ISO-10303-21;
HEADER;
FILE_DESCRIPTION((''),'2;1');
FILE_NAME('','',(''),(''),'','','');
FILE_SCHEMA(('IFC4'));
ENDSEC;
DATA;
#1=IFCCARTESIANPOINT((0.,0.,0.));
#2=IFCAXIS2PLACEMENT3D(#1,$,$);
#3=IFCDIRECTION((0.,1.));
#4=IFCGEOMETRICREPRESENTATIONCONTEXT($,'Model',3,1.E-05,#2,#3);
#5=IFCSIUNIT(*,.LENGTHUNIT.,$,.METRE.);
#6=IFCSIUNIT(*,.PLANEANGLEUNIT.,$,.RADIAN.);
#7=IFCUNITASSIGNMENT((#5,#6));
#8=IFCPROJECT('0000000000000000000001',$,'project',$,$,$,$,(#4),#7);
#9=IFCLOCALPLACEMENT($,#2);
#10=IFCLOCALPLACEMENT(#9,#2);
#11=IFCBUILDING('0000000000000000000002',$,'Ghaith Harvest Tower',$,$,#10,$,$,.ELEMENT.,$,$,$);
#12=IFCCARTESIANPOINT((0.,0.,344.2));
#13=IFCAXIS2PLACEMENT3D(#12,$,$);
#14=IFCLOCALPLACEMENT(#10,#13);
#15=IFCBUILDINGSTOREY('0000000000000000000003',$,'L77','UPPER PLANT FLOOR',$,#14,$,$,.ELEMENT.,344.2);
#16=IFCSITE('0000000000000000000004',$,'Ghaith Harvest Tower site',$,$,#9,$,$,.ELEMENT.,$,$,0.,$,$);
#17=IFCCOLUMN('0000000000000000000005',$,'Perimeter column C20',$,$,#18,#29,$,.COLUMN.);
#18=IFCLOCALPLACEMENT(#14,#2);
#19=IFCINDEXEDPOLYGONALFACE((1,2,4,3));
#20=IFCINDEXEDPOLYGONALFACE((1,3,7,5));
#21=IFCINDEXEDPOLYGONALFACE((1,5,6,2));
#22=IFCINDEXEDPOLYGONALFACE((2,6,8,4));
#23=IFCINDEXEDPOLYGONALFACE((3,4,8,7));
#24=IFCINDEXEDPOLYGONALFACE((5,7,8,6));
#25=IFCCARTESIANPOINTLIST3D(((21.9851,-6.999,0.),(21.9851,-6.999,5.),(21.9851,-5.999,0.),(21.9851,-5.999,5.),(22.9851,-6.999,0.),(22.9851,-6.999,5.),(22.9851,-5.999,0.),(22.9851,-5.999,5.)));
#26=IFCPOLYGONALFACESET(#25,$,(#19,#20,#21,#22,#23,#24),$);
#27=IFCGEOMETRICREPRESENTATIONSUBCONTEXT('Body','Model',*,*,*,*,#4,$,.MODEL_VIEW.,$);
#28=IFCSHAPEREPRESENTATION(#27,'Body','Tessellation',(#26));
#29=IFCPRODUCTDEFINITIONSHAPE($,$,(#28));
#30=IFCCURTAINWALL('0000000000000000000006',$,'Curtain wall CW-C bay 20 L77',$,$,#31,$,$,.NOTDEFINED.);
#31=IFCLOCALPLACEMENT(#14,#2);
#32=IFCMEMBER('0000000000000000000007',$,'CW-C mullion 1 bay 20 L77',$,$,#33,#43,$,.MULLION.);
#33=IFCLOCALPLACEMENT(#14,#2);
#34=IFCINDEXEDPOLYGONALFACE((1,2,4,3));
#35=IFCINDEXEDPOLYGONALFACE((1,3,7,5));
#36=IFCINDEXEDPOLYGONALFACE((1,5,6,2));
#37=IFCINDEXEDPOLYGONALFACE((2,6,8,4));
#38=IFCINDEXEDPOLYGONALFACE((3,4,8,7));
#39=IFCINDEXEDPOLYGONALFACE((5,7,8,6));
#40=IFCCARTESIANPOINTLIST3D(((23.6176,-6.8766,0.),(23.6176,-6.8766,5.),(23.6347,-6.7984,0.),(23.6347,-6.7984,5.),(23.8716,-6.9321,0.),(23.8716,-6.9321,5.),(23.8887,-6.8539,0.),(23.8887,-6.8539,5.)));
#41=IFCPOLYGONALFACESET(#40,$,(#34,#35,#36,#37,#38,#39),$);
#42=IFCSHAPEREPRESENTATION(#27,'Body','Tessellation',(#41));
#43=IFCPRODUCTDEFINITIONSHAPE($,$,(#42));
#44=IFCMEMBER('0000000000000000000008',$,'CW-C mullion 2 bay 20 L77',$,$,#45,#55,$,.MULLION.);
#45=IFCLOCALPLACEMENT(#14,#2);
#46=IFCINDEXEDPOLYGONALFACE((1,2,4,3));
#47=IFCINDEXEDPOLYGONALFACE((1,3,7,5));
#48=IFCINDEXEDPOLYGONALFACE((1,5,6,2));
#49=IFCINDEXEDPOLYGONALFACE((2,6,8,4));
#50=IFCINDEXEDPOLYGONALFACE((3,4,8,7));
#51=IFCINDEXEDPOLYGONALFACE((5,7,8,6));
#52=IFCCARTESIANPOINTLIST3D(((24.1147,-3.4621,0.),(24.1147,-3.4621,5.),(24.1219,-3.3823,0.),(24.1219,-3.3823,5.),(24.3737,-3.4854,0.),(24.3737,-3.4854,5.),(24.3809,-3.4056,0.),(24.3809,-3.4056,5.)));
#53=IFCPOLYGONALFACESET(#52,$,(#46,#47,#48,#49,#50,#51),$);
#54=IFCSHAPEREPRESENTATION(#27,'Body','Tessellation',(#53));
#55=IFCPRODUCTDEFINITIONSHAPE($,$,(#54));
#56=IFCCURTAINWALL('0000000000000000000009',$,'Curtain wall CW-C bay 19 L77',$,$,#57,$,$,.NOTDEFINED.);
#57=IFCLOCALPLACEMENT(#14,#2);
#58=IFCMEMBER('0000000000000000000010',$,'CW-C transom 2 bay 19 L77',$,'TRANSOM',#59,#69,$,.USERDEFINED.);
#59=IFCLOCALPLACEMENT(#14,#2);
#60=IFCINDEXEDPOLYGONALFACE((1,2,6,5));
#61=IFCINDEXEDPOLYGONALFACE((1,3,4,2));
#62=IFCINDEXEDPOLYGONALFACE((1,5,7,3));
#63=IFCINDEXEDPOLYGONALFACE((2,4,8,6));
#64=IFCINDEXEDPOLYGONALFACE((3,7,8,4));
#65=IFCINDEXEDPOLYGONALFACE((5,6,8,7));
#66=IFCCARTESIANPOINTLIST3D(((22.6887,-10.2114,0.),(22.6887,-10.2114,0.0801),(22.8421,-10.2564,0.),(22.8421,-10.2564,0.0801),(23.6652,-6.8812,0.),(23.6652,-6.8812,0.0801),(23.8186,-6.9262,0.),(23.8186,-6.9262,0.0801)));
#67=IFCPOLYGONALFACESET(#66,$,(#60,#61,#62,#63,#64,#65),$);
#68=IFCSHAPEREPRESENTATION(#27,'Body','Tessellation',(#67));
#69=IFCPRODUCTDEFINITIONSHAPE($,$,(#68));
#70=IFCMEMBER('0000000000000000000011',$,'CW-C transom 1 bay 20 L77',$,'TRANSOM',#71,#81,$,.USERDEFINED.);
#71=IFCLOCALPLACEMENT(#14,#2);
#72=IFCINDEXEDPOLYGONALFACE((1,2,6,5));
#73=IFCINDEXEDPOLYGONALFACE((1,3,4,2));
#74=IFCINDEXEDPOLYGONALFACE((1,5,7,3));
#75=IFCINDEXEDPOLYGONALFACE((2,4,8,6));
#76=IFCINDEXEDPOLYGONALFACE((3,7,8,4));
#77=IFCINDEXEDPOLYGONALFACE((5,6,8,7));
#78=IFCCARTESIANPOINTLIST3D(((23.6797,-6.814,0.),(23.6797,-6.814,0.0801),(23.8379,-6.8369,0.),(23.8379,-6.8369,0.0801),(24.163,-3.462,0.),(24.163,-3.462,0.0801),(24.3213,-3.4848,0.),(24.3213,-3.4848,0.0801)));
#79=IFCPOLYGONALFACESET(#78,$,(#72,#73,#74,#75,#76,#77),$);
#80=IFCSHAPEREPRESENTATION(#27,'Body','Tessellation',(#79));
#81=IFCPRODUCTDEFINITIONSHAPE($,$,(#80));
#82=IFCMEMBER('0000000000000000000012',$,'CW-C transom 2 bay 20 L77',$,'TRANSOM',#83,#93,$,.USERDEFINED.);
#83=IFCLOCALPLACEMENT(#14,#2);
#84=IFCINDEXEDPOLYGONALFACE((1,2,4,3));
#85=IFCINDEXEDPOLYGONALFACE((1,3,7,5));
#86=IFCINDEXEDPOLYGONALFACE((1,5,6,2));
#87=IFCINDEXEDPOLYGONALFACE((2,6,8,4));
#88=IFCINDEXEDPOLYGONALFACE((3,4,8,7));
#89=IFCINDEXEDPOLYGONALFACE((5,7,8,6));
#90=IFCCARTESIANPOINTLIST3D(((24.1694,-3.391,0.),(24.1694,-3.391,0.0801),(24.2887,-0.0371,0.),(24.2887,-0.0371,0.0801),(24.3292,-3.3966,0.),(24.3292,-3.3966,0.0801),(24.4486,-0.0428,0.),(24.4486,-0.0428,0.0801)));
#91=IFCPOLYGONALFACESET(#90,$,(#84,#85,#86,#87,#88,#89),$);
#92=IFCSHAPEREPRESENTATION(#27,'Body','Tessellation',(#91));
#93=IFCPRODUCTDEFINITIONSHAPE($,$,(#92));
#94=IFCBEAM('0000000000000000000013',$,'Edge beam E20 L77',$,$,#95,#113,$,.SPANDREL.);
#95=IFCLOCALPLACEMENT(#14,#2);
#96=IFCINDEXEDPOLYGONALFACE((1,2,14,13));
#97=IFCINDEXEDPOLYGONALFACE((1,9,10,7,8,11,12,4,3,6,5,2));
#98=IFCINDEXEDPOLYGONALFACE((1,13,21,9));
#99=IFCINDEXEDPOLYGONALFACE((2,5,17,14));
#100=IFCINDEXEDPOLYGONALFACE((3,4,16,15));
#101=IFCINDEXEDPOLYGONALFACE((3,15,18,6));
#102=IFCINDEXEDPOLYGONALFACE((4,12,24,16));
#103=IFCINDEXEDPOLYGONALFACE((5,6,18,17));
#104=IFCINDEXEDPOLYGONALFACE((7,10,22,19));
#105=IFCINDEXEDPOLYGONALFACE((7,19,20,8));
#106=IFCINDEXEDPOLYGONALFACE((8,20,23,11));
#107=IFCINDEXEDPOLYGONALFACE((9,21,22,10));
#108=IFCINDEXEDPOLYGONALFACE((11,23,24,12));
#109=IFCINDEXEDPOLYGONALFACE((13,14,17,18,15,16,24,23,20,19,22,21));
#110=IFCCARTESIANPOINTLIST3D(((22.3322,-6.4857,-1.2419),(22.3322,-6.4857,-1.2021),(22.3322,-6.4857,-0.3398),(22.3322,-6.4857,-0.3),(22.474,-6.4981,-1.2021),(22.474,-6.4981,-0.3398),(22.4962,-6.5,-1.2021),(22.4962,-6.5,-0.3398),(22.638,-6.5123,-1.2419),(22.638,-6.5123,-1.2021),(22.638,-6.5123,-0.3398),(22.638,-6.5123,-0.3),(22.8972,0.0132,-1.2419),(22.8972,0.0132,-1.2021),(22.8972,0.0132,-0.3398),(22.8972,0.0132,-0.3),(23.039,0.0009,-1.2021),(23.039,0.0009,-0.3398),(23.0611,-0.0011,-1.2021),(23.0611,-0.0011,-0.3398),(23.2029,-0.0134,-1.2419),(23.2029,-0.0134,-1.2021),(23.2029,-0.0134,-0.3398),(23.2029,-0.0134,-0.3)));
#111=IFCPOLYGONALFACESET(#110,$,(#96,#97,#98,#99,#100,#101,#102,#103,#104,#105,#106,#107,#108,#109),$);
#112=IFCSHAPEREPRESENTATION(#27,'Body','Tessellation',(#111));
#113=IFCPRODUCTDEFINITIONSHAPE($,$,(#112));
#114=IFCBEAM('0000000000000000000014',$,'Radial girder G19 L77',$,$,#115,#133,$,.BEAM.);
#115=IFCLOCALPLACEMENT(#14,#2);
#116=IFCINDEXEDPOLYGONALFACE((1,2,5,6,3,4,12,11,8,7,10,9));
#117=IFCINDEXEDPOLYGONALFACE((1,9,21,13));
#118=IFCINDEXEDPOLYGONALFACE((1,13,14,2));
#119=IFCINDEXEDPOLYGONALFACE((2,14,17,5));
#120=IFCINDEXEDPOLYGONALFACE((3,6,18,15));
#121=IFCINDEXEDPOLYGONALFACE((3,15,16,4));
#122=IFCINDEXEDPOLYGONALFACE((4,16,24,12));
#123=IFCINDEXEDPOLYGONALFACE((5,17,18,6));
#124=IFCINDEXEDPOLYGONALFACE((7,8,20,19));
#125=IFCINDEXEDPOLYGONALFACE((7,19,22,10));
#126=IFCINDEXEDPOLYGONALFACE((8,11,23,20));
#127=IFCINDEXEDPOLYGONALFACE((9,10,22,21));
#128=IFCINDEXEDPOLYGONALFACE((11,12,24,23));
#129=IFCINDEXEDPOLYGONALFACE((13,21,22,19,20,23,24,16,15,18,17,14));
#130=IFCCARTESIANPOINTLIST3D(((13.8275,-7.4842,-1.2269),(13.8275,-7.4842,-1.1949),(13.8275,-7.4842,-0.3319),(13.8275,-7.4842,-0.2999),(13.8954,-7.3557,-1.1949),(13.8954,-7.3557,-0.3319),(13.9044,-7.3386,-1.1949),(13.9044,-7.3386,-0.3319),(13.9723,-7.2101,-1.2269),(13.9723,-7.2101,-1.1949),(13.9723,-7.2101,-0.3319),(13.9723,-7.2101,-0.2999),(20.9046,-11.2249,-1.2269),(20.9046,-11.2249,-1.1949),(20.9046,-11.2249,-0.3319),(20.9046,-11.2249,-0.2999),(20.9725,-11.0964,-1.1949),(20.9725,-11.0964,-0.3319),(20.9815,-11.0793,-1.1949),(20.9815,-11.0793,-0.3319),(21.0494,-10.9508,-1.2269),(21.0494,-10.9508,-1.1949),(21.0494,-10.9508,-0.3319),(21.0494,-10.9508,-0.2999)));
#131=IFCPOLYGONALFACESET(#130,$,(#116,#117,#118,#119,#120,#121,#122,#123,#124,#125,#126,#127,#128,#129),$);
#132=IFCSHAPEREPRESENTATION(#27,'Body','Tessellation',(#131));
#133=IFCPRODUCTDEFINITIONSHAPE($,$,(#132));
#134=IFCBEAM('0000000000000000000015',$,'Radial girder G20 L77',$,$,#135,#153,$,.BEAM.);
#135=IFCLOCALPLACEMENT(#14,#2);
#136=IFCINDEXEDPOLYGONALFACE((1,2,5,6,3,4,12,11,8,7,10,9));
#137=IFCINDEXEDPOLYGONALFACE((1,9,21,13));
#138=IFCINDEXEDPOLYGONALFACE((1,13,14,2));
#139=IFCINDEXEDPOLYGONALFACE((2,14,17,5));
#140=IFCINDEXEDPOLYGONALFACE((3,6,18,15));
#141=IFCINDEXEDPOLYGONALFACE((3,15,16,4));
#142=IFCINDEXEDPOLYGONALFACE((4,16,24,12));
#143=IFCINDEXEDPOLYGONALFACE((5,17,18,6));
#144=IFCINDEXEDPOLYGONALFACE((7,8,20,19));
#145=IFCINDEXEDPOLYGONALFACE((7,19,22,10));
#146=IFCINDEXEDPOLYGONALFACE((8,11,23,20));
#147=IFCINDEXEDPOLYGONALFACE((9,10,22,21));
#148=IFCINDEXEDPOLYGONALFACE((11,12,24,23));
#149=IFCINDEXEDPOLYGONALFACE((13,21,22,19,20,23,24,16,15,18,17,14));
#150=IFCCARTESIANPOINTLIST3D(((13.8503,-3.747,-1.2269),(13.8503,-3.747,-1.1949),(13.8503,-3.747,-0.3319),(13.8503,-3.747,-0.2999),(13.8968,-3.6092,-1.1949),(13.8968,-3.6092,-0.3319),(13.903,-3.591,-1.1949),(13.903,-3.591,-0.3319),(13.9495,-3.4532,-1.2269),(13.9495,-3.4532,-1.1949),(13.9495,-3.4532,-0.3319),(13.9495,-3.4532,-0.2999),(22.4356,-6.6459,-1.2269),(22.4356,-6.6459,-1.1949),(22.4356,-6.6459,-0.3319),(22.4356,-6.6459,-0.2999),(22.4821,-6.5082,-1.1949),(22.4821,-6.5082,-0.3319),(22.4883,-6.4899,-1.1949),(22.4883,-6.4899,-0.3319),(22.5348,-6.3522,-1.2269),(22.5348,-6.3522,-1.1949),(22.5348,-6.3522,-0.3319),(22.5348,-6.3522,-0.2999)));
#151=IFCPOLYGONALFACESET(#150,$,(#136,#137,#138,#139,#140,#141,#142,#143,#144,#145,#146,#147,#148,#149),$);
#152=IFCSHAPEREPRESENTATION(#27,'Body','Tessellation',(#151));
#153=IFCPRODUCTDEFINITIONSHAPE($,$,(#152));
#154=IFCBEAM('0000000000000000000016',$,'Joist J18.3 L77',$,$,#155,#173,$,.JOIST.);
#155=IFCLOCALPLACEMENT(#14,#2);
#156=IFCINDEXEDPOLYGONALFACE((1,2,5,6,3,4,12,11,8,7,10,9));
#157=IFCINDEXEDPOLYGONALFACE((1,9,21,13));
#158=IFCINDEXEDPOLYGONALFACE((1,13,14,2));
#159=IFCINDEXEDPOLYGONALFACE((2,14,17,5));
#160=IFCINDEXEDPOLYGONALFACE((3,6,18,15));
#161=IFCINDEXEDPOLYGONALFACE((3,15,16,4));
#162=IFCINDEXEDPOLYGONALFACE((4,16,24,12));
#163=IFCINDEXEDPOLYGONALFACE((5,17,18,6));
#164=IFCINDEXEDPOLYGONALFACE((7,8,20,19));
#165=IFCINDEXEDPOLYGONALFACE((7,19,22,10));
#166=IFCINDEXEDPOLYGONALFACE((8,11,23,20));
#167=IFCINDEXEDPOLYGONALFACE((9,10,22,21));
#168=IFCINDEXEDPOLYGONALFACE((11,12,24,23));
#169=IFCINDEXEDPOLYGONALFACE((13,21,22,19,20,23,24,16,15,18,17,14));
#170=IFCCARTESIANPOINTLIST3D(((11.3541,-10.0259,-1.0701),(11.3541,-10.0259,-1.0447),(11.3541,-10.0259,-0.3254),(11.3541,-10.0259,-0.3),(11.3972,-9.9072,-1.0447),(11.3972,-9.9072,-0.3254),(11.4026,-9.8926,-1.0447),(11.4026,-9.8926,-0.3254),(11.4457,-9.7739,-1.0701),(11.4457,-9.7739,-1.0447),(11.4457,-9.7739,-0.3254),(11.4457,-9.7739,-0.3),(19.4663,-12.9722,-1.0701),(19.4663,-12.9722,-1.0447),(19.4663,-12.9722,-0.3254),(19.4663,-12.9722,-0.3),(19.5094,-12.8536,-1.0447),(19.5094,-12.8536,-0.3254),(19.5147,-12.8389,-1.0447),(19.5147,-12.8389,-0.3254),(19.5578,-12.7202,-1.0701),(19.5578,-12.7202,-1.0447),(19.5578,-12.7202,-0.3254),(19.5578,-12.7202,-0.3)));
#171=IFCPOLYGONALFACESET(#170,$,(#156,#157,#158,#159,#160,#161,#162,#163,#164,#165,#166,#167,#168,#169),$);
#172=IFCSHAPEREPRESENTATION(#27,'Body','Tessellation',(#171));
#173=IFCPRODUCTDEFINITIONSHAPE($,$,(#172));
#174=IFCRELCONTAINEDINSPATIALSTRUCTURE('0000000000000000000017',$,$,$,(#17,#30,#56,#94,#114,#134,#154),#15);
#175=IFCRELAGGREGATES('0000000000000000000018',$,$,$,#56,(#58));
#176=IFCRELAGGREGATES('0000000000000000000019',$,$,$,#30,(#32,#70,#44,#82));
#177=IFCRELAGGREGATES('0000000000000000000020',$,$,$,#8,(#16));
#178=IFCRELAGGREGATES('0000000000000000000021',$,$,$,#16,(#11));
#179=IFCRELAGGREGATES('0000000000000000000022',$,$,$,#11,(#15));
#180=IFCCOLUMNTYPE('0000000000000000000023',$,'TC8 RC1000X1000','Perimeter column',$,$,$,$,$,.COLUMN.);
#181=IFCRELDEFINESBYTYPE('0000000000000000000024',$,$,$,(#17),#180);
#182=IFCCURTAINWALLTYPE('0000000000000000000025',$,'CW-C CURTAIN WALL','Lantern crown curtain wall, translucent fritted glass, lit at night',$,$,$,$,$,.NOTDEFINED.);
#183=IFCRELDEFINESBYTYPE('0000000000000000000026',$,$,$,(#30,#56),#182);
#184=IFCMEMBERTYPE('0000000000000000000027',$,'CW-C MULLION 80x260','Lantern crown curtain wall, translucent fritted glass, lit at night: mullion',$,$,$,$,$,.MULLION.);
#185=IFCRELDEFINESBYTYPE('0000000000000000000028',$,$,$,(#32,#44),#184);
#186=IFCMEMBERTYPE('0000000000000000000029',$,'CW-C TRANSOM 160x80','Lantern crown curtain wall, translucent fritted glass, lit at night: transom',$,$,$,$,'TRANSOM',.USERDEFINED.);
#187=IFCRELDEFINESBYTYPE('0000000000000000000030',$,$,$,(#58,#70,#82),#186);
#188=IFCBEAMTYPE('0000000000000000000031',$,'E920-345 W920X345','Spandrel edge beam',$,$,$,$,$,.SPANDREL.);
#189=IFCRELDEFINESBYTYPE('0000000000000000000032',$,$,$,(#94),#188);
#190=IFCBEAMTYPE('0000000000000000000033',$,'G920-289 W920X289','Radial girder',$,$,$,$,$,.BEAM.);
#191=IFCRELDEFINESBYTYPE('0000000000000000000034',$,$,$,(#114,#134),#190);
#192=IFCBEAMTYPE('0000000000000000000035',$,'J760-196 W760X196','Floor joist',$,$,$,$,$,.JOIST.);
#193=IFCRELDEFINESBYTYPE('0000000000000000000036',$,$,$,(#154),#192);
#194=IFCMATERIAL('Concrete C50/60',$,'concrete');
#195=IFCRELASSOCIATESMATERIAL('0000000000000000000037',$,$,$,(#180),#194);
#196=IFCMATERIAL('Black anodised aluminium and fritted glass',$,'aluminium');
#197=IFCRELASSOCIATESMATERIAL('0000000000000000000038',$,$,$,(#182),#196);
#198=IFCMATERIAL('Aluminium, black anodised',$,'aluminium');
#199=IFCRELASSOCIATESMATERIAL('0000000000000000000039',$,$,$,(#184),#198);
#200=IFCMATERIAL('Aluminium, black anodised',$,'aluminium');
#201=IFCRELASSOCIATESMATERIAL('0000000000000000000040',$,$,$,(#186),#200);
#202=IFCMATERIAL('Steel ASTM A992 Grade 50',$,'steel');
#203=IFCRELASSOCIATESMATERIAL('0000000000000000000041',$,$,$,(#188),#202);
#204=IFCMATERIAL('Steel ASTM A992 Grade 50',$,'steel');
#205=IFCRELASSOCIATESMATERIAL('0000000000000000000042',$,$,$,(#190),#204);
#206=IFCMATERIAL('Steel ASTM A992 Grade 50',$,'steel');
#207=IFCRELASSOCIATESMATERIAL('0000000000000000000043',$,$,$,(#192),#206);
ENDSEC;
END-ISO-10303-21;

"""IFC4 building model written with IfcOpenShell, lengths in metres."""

from ifc_helpers import new_model, si_unit, direction, frame, origin, origin_2d, place, context, subcontext, project, spatial, rectangle, i_section, extrude, material, material_profile, profile_set, type_object, element, aggregate, save


model = new_model("IFC4")

# Units and contexts
model_context = context("Model", 3, precision=1e-05, world=origin(), true_north=direction((0.0, 1.0)))
body_context = subcontext(model_context, "Body", "Model", "MODEL_VIEW")
ifc_project = project(units=[si_unit("LENGTHUNIT", "METRE"), si_unit("PLANEANGLEUNIT", "RADIAN")], contexts=[model_context])

# Site, building, storey
site_placement = place(None, origin())
site = spatial("IfcSite", under=ifc_project, at=site_placement, Name="Ghaith Harvest Tower site", CompositionType="ELEMENT", RefElevation=0.0)
building_placement = place(site_placement, origin())
building = spatial("IfcBuilding", under=site, at=building_placement, Name="Ghaith Harvest Tower", CompositionType="ELEMENT")
storey_placement = place(building_placement, frame((0.0, 0.0, 344.2)))
storey = spatial("IfcBuildingStorey", under=building, at=storey_placement, Name="L77", Description="UPPER PLANT FLOOR", CompositionType="ELEMENT", Elevation=344.2)

# Column
ifc_material_1 = material(Name="Concrete C50/60", Category="concrete")
ifc_material_profile_1 = material_profile(ifc_material_1, rectangle(XDim=1.0, YDim=1.0, at=origin_2d()), Name="RC1000X1000")
ifc_profile_set_1 = profile_set([ifc_material_profile_1], Name="Concrete C50/60")
column_type = type_object("IfcColumnType", Name="TC8 RC1000X1000", Description="Perimeter column", PredefinedType="COLUMN", material=ifc_profile_set_1)
column_placement = place(storey_placement, frame((22.4851, -6.499, 0.0), z_axis=(0.0, 0.0, 1.0), x_axis=(1.0, 0.0, 0.0)))
element("IfcColumn", 1, at=column_placement, inside=storey, type_object=column_type, Name="Perimeter column C20", PredefinedType="COLUMN", context=body_context, shape_type="SweptSolid", body=[
    extrude(rectangle(XDim=1.0, YDim=1.0, at=origin_2d()), origin(), (0.0, 0.0, 1.0), 5.0),
])

# Curtain wall, members
ifc_material_2 = material(Name="Black anodised aluminium and fritted glass", Category="aluminium")
curtain_wall_type = type_object("IfcCurtainWallType", Name="CW-C CURTAIN WALL", Description="Lantern crown curtain wall, translucent fritted glass, lit at night", PredefinedType="NOTDEFINED", material=ifc_material_2)
curtain_wall_1_placement = place(storey_placement, origin())
curtain_wall_1 = element("IfcCurtainWall", 2, at=curtain_wall_1_placement, inside=storey, type_object=curtain_wall_type, Name="Curtain wall CW-C bay 20 L77", PredefinedType="NOTDEFINED")
ifc_material_3 = material(Name="Aluminium, black anodised", Category="aluminium")
ifc_material_profile_2 = material_profile(ifc_material_3, rectangle(XDim=0.0801, YDim=0.26, at=origin_2d()), Name="CW-C MULLION 80x260")
ifc_profile_set_2 = profile_set([ifc_material_profile_2], Name="Aluminium, black anodised")
member_type_1 = type_object("IfcMemberType", Name="CW-C MULLION 80x260", Description="Lantern crown curtain wall, translucent fritted glass, lit at night: mullion", PredefinedType="MULLION", material=ifc_profile_set_2)
member_1_placement = place(storey_placement, frame((23.7532, -6.8652, 0.0), z_axis=(0.0, 0.0, 1.0), x_axis=(0.213402, 0.976964, 0.0)))
member_1 = element("IfcMember", 3, at=member_1_placement, type_object=member_type_1, Name="CW-C mullion 1 bay 20 L77", PredefinedType="MULLION", context=body_context, shape_type="SweptSolid", body=[
    extrude(rectangle(XDim=0.0801, YDim=0.26, at=origin_2d()), origin(), (0.0, 0.0, 1.0), 5.0),
])
member_2_placement = place(storey_placement, frame((24.2478, -3.4338, 0.0), z_axis=(0.0, 0.0, 1.0), x_axis=(0.089502, 0.995987, 0.0)))
member_2 = element("IfcMember", 4, at=member_2_placement, type_object=member_type_1, Name="CW-C mullion 2 bay 20 L77", PredefinedType="MULLION", context=body_context, shape_type="SweptSolid", body=[
    extrude(rectangle(XDim=0.0801, YDim=0.26, at=origin_2d()), origin(), (0.0, 0.0, 1.0), 5.0),
])

# Curtain wall, member
curtain_wall_2_placement = place(storey_placement, origin())
curtain_wall_2 = element("IfcCurtainWall", 5, at=curtain_wall_2_placement, inside=storey, type_object=curtain_wall_type, Name="Curtain wall CW-C bay 19 L77", PredefinedType="NOTDEFINED")
ifc_material_4 = material(Name="Aluminium, black anodised", Category="aluminium")
ifc_material_profile_3 = material_profile(ifc_material_4, rectangle(XDim=0.1599, YDim=0.0801, at=origin_2d()), Name="CW-C TRANSOM 160x80")
ifc_profile_set_3 = profile_set([ifc_material_profile_3], Name="Aluminium, black anodised")
member_type_2 = type_object("IfcMemberType", Name="CW-C TRANSOM 160x80", Description="Lantern crown curtain wall, translucent fritted glass, lit at night: transom", ElementType="TRANSOM", PredefinedType="USERDEFINED", material=ifc_profile_set_3)
member_3_placement = place(storey_placement, frame((22.7654, -10.2339, 0.04), z_axis=(0.281385, 0.959595, 0.0), x_axis=(-0.959595, 0.281385, 0.0)))
member_3 = element("IfcMember", 6, at=member_3_placement, type_object=member_type_2, Name="CW-C transom 2 bay 19 L77", ObjectType="TRANSOM", PredefinedType="USERDEFINED", context=body_context, shape_type="SweptSolid", body=[
    extrude(rectangle(XDim=0.1599, YDim=0.0801, at=origin_2d()), origin(), (0.0, 0.0, 1.0), 3.4705),
])

# Members
member_4_placement = place(storey_placement, frame((23.7588, -6.8254, 0.04), z_axis=(0.142733, 0.989761, 0.0), x_axis=(-0.989761, 0.142733, 0.0)))
member_4 = element("IfcMember", 7, at=member_4_placement, type_object=member_type_2, Name="CW-C transom 1 bay 20 L77", ObjectType="TRANSOM", PredefinedType="USERDEFINED", context=body_context, shape_type="SweptSolid", body=[
    extrude(rectangle(XDim=0.1599, YDim=0.0801, at=origin_2d()), origin(), (0.0, 0.0, 1.0), 3.3867),
])
member_5_placement = place(storey_placement, frame((24.2493, -3.3938, 0.04), z_axis=(0.035575, 0.999367, 0.0), x_axis=(-0.999367, 0.035575, 0.0)))
member_5 = element("IfcMember", 8, at=member_5_placement, type_object=member_type_2, Name="CW-C transom 2 bay 20 L77", ObjectType="TRANSOM", PredefinedType="USERDEFINED", context=body_context, shape_type="SweptSolid", body=[
    extrude(rectangle(XDim=0.1599, YDim=0.0801, at=origin_2d()), origin(), (0.0, 0.0, 1.0), 3.356),
])

# Beams
ifc_material_5 = material(Name="Steel ASTM A992 Grade 50", Category="steel")
ifc_material_profile_4 = material_profile(ifc_material_5, i_section(OverallWidth=0.3069, OverallDepth=0.9419, WebThickness=0.0222, FlangeThickness=0.0398, at=origin_2d()), Name="W920X345")
ifc_profile_set_4 = profile_set([ifc_material_profile_4], Name="Steel ASTM A992 Grade 50")
beam_type_1 = type_object("IfcBeamType", Name="E920-345 W920X345", Description="Spandrel edge beam", PredefinedType="SPANDREL", material=ifc_profile_set_4)
beam_1_placement = place(storey_placement, frame((22.4851, -6.499, -0.771), z_axis=(0.086601, 0.996243, 0.0), x_axis=(-0.996243, 0.086601, 0.0)))
element("IfcBeam", 9, at=beam_1_placement, inside=storey, type_object=beam_type_1, Name="Edge beam E20 L77", PredefinedType="SPANDREL", context=body_context, shape_type="SweptSolid", body=[
    extrude(i_section(OverallWidth=0.3069, OverallDepth=0.9419, WebThickness=0.0222, FlangeThickness=0.0398, at=origin_2d()), origin(), (0.0, 0.0, 1.0), 6.5234),
])
ifc_material_6 = material(Name="Steel ASTM A992 Grade 50", Category="steel")
ifc_material_profile_5 = material_profile(ifc_material_6, i_section(OverallWidth=0.3101, OverallDepth=0.927, WebThickness=0.0193, FlangeThickness=0.032, at=origin_2d()), Name="W920X289")
ifc_profile_set_5 = profile_set([ifc_material_profile_5], Name="Steel ASTM A992 Grade 50")
beam_type_2 = type_object("IfcBeamType", Name="G920-289 W920X289", Description="Radial girder", PredefinedType="BEAM", material=ifc_profile_set_5)
beam_2_placement = place(storey_placement, frame((13.8999, -7.3472, -0.7634), z_axis=(0.884098, -0.467302, 0.0), x_axis=(0.467302, 0.884098, 0.0)))
element("IfcBeam", 10, at=beam_2_placement, inside=storey, type_object=beam_type_2, Name="Radial girder G19 L77", PredefinedType="BEAM", context=body_context, shape_type="SweptSolid", body=[
    extrude(i_section(OverallWidth=0.3101, OverallDepth=0.927, WebThickness=0.0193, FlangeThickness=0.032, at=origin_2d()), origin(), (0.0, 0.0, 1.0), 8.0049),
])
beam_3_placement = place(storey_placement, frame((13.8999, -3.6001, -0.7634), z_axis=(0.947445, -0.319919, 0.0), x_axis=(0.319919, 0.947445, 0.0)))
element("IfcBeam", 11, at=beam_3_placement, inside=storey, type_object=beam_type_2, Name="Radial girder G20 L77", PredefinedType="BEAM", context=body_context, shape_type="SweptSolid", body=[
    extrude(i_section(OverallWidth=0.3101, OverallDepth=0.927, WebThickness=0.0193, FlangeThickness=0.032, at=origin_2d()), origin(), (0.0, 0.0, 1.0), 9.0615),
])
ifc_material_7 = material(Name="Steel ASTM A992 Grade 50", Category="steel")
ifc_material_profile_6 = material_profile(ifc_material_7, i_section(OverallWidth=0.2681, OverallDepth=0.77, WebThickness=0.0156, FlangeThickness=0.0254, at=origin_2d()), Name="W760X196")
ifc_profile_set_6 = profile_set([ifc_material_profile_6], Name="Steel ASTM A992 Grade 50")
beam_type_3 = type_object("IfcBeamType", Name="J760-196 W760X196", Description="Floor joist", PredefinedType="JOIST", material=ifc_profile_set_6)
beam_4_placement = place(storey_placement, frame((11.3999, -9.8999, -0.6851), z_axis=(0.939926, -0.34138, 0.0), x_axis=(0.34138, 0.939926, 0.0)))
element("IfcBeam", 12, at=beam_4_placement, inside=storey, type_object=beam_type_3, Name="Joist J18.3 L77", PredefinedType="JOIST", context=body_context, shape_type="SweptSolid", body=[
    extrude(i_section(OverallWidth=0.2681, OverallDepth=0.77, WebThickness=0.0156, FlangeThickness=0.0254, at=origin_2d()), origin(), (0.0, 0.0, 1.0), 8.6306),
])

aggregate(curtain_wall_2, [member_3])
aggregate(curtain_wall_1, [member_1, member_4, member_2, member_5])

save(model, "model.ifc")
